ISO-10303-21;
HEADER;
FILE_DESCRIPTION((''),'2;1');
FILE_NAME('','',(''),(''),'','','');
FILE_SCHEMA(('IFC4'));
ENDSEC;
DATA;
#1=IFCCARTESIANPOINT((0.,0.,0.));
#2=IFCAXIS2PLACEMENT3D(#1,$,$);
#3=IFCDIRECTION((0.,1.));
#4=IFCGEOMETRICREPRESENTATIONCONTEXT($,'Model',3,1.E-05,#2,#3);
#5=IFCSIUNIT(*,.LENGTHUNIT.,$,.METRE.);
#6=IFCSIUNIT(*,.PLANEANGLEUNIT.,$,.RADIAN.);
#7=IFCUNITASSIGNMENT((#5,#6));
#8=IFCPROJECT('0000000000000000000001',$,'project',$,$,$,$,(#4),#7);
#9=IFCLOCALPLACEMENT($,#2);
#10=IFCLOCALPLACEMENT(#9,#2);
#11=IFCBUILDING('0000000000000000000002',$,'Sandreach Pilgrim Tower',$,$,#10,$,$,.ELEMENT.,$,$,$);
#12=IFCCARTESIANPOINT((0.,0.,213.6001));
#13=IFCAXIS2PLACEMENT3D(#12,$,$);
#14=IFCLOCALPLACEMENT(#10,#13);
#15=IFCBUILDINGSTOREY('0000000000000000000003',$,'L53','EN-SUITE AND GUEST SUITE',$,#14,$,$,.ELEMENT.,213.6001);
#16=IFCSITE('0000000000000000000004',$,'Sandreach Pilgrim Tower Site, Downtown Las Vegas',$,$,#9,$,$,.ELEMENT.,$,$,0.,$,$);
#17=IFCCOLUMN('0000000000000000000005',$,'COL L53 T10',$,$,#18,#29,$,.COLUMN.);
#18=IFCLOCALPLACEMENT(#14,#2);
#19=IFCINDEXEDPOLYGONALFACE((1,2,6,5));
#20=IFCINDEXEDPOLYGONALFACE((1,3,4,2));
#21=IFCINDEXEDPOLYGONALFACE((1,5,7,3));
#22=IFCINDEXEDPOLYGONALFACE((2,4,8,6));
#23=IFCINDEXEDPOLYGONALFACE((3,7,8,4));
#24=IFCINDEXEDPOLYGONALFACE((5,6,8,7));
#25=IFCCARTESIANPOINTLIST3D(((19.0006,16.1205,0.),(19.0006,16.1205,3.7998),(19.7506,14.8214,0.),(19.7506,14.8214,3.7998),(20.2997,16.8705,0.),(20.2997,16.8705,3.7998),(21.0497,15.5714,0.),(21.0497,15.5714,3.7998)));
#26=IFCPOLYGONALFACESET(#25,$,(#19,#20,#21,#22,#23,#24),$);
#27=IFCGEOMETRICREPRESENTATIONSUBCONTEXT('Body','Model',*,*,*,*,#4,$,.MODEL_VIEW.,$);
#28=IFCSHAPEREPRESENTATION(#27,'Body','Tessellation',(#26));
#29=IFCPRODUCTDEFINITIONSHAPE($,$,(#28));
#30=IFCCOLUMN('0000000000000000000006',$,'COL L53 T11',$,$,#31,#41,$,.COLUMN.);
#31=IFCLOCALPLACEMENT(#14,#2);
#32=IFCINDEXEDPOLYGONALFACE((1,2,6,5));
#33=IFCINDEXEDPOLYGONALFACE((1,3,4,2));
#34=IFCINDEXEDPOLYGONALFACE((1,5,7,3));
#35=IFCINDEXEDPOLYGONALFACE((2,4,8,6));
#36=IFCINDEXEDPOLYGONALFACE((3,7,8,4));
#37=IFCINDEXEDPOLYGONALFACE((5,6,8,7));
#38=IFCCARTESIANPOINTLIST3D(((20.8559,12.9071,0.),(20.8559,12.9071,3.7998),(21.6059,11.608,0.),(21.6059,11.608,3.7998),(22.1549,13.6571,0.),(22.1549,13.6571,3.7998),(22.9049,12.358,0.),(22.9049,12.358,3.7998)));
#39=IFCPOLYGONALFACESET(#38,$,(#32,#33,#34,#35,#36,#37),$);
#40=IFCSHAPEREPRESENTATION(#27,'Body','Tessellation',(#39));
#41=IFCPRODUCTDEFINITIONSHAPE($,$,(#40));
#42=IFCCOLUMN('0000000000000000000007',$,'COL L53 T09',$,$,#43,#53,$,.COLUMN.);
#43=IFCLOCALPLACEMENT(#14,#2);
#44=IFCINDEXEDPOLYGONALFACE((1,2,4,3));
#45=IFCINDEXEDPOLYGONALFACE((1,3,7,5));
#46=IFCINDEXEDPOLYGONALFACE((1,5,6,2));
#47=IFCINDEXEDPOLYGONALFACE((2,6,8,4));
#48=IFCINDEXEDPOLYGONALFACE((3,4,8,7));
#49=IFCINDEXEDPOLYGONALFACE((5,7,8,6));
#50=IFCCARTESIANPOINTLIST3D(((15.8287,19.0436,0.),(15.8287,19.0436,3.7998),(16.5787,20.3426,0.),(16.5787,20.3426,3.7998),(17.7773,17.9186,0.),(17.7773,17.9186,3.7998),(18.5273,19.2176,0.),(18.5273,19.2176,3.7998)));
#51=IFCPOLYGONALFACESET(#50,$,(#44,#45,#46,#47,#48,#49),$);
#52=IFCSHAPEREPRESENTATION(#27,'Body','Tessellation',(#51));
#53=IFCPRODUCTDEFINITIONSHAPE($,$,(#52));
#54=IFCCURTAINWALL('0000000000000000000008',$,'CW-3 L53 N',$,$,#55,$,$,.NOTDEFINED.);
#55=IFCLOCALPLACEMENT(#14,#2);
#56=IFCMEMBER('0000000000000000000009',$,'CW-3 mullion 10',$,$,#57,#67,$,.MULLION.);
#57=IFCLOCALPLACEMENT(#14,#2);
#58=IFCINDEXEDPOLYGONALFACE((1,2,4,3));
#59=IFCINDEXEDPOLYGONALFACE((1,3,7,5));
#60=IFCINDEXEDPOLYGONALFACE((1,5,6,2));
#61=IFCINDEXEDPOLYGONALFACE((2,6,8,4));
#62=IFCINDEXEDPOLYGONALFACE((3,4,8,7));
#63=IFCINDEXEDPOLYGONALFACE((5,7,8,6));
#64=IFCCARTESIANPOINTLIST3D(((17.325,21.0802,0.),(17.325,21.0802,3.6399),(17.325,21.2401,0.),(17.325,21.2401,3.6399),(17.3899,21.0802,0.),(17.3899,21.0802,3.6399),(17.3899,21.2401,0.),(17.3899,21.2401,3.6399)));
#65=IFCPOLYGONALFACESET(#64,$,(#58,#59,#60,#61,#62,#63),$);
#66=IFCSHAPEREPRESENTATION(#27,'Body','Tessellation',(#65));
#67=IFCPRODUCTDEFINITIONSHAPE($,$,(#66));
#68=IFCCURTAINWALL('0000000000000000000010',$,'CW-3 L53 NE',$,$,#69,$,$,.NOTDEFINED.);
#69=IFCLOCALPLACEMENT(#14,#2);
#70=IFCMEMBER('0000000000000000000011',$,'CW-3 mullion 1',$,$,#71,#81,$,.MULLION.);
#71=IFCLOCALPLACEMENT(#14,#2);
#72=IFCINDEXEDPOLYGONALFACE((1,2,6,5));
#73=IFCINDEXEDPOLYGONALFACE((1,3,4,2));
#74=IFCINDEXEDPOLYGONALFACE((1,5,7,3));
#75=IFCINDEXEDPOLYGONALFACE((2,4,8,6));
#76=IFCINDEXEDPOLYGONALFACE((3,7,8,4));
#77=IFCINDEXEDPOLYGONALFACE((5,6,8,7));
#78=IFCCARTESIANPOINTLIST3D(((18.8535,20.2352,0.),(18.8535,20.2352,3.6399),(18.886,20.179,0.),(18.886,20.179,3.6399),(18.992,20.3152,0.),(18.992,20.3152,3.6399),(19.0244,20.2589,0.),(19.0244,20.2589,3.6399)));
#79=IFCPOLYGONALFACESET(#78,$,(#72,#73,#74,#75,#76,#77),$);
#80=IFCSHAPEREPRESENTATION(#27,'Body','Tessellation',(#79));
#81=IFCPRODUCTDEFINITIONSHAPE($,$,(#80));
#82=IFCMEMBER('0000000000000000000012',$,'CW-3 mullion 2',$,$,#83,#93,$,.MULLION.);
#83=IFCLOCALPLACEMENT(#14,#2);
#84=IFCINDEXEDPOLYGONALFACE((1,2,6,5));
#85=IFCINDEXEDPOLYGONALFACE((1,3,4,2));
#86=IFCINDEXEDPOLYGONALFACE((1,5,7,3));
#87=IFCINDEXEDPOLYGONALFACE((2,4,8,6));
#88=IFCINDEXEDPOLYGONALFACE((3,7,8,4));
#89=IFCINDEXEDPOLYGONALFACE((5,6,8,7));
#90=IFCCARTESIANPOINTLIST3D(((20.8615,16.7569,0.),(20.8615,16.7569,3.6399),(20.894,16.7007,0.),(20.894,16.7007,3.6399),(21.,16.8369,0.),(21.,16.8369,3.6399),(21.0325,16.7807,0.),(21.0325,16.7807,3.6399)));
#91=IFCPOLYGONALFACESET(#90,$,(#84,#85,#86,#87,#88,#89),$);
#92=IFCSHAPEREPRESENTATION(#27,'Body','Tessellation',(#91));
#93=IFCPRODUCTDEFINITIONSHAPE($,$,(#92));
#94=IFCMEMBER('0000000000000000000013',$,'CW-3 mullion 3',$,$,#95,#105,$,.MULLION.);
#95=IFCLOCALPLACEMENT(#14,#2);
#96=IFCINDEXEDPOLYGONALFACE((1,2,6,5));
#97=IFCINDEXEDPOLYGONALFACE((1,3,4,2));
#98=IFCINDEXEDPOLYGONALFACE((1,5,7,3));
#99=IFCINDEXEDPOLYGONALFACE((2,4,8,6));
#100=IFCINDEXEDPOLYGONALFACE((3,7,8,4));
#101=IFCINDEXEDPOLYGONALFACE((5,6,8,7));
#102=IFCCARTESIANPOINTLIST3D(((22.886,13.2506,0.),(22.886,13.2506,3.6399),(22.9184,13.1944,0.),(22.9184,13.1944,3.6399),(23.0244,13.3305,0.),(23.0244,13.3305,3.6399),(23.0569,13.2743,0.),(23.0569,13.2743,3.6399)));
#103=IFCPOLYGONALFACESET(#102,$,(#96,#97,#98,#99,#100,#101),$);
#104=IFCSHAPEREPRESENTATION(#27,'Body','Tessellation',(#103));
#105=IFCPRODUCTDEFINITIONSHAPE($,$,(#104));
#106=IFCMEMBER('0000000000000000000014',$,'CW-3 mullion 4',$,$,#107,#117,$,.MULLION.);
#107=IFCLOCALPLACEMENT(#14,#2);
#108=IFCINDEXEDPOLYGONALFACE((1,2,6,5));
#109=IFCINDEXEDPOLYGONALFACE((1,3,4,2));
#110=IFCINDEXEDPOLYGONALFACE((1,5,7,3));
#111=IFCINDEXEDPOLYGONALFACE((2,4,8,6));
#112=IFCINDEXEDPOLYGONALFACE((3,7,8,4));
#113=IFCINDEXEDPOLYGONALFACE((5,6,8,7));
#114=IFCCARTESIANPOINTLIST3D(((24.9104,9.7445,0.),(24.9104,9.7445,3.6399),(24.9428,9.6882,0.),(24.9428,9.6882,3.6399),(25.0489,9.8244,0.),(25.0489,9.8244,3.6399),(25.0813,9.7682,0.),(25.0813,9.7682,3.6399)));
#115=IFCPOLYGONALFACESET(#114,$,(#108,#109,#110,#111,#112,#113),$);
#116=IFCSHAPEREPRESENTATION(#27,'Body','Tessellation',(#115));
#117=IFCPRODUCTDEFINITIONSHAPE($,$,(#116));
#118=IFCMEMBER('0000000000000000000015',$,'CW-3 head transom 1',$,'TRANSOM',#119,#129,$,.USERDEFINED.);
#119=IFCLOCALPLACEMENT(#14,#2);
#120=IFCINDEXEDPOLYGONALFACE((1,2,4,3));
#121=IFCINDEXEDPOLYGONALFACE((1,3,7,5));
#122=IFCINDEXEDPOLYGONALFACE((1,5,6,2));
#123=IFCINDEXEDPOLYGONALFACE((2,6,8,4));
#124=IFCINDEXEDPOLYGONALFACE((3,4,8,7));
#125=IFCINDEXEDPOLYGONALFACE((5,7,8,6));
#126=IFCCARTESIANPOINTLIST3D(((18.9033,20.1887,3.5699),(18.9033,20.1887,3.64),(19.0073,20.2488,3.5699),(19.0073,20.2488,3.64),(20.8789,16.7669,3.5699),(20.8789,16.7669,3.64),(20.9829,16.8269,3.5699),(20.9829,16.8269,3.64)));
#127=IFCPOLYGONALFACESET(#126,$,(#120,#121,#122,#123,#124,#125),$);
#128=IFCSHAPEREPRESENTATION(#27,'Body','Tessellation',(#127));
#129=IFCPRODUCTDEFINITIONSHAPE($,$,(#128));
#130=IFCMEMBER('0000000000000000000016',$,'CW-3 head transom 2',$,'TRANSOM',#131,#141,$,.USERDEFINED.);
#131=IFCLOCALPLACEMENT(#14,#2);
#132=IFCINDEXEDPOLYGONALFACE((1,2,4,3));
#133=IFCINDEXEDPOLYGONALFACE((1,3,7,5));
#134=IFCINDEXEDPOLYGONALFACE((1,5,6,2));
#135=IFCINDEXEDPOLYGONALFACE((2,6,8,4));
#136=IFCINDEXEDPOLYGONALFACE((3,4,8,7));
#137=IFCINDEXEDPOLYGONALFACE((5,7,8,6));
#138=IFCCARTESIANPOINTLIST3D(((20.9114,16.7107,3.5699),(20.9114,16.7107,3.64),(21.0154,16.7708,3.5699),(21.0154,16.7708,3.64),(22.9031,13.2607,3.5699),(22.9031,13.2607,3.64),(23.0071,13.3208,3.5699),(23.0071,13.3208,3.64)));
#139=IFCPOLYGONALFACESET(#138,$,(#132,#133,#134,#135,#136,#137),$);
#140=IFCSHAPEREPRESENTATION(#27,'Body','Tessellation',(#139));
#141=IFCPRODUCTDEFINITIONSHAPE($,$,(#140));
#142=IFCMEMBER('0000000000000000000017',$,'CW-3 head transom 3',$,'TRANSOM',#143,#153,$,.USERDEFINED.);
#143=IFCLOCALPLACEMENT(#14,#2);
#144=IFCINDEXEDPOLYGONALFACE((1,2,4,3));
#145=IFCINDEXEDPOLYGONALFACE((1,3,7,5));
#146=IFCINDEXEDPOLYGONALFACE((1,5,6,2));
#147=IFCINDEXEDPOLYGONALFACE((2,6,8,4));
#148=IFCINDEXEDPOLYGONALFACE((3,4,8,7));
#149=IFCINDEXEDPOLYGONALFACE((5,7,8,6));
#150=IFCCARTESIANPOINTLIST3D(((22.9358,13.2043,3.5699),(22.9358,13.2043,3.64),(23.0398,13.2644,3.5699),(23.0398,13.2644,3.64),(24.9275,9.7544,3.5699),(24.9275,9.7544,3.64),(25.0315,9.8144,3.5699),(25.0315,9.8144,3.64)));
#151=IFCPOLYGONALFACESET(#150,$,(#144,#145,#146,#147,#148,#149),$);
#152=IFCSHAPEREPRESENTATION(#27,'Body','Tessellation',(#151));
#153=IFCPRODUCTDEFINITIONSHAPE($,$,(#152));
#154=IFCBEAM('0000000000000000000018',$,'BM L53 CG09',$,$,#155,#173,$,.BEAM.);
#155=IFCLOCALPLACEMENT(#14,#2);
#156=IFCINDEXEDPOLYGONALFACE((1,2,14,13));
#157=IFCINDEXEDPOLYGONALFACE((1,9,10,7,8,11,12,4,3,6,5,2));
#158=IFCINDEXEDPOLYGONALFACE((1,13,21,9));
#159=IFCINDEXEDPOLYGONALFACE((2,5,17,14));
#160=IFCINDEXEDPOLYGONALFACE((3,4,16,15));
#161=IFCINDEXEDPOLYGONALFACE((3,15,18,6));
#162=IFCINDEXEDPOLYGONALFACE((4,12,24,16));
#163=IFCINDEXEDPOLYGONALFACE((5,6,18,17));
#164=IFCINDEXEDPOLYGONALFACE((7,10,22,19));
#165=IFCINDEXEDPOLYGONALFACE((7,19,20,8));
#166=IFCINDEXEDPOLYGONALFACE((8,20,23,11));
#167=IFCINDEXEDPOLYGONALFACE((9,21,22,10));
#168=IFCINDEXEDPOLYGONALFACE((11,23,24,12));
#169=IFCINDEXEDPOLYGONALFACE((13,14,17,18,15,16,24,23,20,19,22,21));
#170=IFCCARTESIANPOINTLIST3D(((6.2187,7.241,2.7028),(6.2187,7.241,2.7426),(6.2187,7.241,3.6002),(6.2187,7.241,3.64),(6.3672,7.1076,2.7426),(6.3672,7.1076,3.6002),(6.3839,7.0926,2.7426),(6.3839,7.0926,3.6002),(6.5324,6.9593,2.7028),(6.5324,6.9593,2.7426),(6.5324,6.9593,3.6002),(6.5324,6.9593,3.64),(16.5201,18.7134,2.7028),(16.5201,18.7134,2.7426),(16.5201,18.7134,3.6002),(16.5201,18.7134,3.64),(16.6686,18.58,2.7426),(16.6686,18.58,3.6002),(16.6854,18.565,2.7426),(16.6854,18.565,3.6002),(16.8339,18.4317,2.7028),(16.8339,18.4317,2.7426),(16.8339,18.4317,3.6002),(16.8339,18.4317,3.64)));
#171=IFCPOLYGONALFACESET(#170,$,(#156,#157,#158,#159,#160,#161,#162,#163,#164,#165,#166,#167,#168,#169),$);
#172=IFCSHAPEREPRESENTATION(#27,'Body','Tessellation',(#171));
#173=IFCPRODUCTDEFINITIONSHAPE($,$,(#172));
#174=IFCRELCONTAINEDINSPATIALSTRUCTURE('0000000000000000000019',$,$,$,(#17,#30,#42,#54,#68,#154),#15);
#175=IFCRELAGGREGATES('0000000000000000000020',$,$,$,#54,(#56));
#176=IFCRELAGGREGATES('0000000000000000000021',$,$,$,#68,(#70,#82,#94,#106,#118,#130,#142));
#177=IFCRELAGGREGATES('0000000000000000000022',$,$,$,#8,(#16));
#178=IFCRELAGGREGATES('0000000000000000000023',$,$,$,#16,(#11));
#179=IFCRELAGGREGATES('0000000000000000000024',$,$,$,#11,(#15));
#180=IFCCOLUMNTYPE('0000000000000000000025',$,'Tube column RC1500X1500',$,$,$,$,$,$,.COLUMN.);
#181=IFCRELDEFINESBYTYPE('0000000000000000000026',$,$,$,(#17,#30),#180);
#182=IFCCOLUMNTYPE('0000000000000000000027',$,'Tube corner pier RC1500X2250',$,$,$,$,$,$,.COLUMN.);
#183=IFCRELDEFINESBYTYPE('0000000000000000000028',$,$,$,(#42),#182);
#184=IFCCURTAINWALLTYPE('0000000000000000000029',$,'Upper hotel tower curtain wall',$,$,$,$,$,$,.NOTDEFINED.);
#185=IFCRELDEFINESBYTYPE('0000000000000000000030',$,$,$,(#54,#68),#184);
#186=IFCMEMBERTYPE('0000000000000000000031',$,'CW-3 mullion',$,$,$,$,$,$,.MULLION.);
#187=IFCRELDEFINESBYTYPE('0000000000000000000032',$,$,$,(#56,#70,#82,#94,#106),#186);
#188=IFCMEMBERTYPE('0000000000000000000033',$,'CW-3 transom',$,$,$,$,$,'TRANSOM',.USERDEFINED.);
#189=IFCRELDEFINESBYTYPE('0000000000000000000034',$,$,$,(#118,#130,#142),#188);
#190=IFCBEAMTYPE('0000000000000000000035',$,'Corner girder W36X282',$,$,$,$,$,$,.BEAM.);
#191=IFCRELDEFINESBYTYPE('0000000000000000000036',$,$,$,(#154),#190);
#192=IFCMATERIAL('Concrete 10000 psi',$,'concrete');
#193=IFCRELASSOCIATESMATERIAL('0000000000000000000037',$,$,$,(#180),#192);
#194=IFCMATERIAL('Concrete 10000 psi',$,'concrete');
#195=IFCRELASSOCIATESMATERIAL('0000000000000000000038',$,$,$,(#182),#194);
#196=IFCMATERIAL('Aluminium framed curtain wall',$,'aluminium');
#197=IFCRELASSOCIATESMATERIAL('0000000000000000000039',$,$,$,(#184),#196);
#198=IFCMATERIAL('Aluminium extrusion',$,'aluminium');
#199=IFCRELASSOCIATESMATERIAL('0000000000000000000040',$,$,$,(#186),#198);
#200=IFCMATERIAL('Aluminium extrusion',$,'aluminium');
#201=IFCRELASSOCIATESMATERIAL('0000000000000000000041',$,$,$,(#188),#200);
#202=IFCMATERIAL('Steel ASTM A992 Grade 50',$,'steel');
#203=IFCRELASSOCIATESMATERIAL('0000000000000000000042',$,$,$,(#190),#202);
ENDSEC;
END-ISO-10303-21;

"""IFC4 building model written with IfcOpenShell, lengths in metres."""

from ifc_helpers import new_model, si_unit, direction, frame, origin, origin_2d, place, context, subcontext, project, spatial, rectangle, i_section, extrude, material, material_profile, profile_set, type_object, element, aggregate, save


model = new_model("IFC4")

# Units and contexts
model_context = context("Model", 3, precision=1e-05, world=origin(), true_north=direction((0.0, 1.0)))
body_context = subcontext(model_context, "Body", "Model", "MODEL_VIEW")
ifc_project = project(units=[si_unit("LENGTHUNIT", "METRE"), si_unit("PLANEANGLEUNIT", "RADIAN")], contexts=[model_context])

# Site, building, storey
site_placement = place(None, origin())
site = spatial("IfcSite", under=ifc_project, at=site_placement, Name="Sandreach Pilgrim Tower Site, Downtown Las Vegas", CompositionType="ELEMENT", RefElevation=0.0)
building_placement = place(site_placement, origin())
building = spatial("IfcBuilding", under=site, at=building_placement, Name="Sandreach Pilgrim Tower", CompositionType="ELEMENT")
storey_placement = place(building_placement, frame((0.0, 0.0, 213.6001)))
storey = spatial("IfcBuildingStorey", under=building, at=storey_placement, Name="L53", Description="EN-SUITE AND GUEST SUITE", CompositionType="ELEMENT", Elevation=213.6001)

# Columns
ifc_material_1 = material(Name="Concrete 10000 psi", Category="concrete")
ifc_material_profile_1 = material_profile(ifc_material_1, rectangle(XDim=1.5, YDim=1.5, at=origin_2d()), Name="RC1500X1500")
ifc_profile_set_1 = profile_set([ifc_material_profile_1], Name="Concrete 10000 psi")
column_type_1 = type_object("IfcColumnType", Name="Tube column RC1500X1500", PredefinedType="COLUMN", material=ifc_profile_set_1)
for number, where, z_axis, x_axis, name in (
    (1, (20.0251, 15.8459, 0.0), (0.0, 0.0, 1.0), (0.866025, 0.5, 0.0), "COL L53 T10"),
    (2, (21.8804, 12.6326, 0.0), (0.0, 0.0, 1.0), (0.866025, 0.5, 0.0), "COL L53 T11"),
):
    element("IfcColumn", number, at=place(storey_placement, frame(where, z_axis=z_axis, x_axis=x_axis)), inside=storey, type_object=column_type_1, Name=name, PredefinedType="COLUMN", context=body_context, shape_type="SweptSolid", body=[
        extrude(rectangle(XDim=1.5, YDim=1.5, at=origin_2d()), origin(), (0.0, 0.0, 1.0), 3.7998),
    ])
ifc_material_2 = material(Name="Concrete 10000 psi", Category="concrete")
ifc_material_profile_2 = material_profile(ifc_material_2, rectangle(XDim=1.5, YDim=2.25, at=origin_2d()), Name="RC1500X2250")
ifc_profile_set_2 = profile_set([ifc_material_profile_2], Name="Concrete 10000 psi")
column_type_2 = type_object("IfcColumnType", Name="Tube corner pier RC1500X2250", PredefinedType="COLUMN", material=ifc_profile_set_2)
column_placement = place(storey_placement, frame((17.178, 19.1306, 0.0), z_axis=(0.0, 0.0, 1.0), x_axis=(0.5, 0.866025, 0.0)))
element("IfcColumn", 3, at=column_placement, inside=storey, type_object=column_type_2, Name="COL L53 T09", PredefinedType="COLUMN", context=body_context, shape_type="SweptSolid", body=[
    extrude(rectangle(XDim=1.5, YDim=2.25, at=origin_2d()), origin(), (0.0, 0.0, 1.0), 3.7998),
])

# Curtain wall, member
ifc_material_3 = material(Name="Aluminium framed curtain wall", Category="aluminium")
curtain_wall_type = type_object("IfcCurtainWallType", Name="Upper hotel tower curtain wall", PredefinedType="NOTDEFINED", material=ifc_material_3)
curtain_wall_1_placement = place(storey_placement, origin())
curtain_wall_1 = element("IfcCurtainWall", 4, at=curtain_wall_1_placement, inside=storey, type_object=curtain_wall_type, Name="CW-3 L53 N", PredefinedType="NOTDEFINED")
ifc_material_4 = material(Name="Aluminium extrusion", Category="aluminium")
ifc_material_profile_3 = material_profile(ifc_material_4, rectangle(XDim=0.0649, YDim=0.1599, at=origin_2d()), Name="CW-3M 65X160")
ifc_profile_set_3 = profile_set([ifc_material_profile_3], Name="Aluminium extrusion")
member_type_1 = type_object("IfcMemberType", Name="CW-3 mullion", PredefinedType="MULLION", material=ifc_profile_set_3)
member_1_placement = place(storey_placement, frame((17.3574, 21.1602, 0.0), z_axis=(0.0, 0.0, 1.0), x_axis=(1.0, 0.0, 0.0)))
member_1 = element("IfcMember", 5, at=member_1_placement, type_object=member_type_1, Name="CW-3 mullion 10", PredefinedType="MULLION", context=body_context, shape_type="SweptSolid", body=[
    extrude(rectangle(XDim=0.0649, YDim=0.1599, at=origin_2d()), origin(), (0.0, 0.0, 1.0), 3.6399),
])
aggregate(curtain_wall_1, [member_1])

# Curtain wall, members
curtain_wall_2_placement = place(storey_placement, origin())
curtain_wall_2 = element("IfcCurtainWall", 6, at=curtain_wall_2_placement, inside=storey, type_object=curtain_wall_type, Name="CW-3 L53 NE", PredefinedType="NOTDEFINED")
member_2_placement = place(storey_placement, frame((18.939, 20.2471, 0.0), z_axis=(0.0, 0.0, 1.0), x_axis=(0.5, -0.866025, 0.0)))
member_2 = element("IfcMember", 7, at=member_2_placement, type_object=member_type_1, Name="CW-3 mullion 1", PredefinedType="MULLION", context=body_context, shape_type="SweptSolid", body=[
    extrude(rectangle(XDim=0.0649, YDim=0.1599, at=origin_2d()), origin(), (0.0, 0.0, 1.0), 3.6399),
])
member_3_placement = place(storey_placement, frame((20.947, 16.7688, 0.0), z_axis=(0.0, 0.0, 1.0), x_axis=(0.5, -0.866025, 0.0)))
member_3 = element("IfcMember", 8, at=member_3_placement, type_object=member_type_1, Name="CW-3 mullion 2", PredefinedType="MULLION", context=body_context, shape_type="SweptSolid", body=[
    extrude(rectangle(XDim=0.0649, YDim=0.1599, at=origin_2d()), origin(), (0.0, 0.0, 1.0), 3.6399),
])
member_4_placement = place(storey_placement, frame((22.9714, 13.2625, 0.0), z_axis=(0.0, 0.0, 1.0), x_axis=(0.5, -0.866025, 0.0)))
member_4 = element("IfcMember", 9, at=member_4_placement, type_object=member_type_1, Name="CW-3 mullion 3", PredefinedType="MULLION", context=body_context, shape_type="SweptSolid", body=[
    extrude(rectangle(XDim=0.0649, YDim=0.1599, at=origin_2d()), origin(), (0.0, 0.0, 1.0), 3.6399),
])
member_5_placement = place(storey_placement, frame((24.9958, 9.7563, 0.0), z_axis=(0.0, 0.0, 1.0), x_axis=(0.5, -0.866025, 0.0)))
member_5 = element("IfcMember", 10, at=member_5_placement, type_object=member_type_1, Name="CW-3 mullion 4", PredefinedType="MULLION", context=body_context, shape_type="SweptSolid", body=[
    extrude(rectangle(XDim=0.0649, YDim=0.1599, at=origin_2d()), origin(), (0.0, 0.0, 1.0), 3.6399),
])
ifc_material_5 = material(Name="Aluminium extrusion", Category="aluminium")
ifc_material_profile_4 = material_profile(ifc_material_5, rectangle(XDim=0.1201, YDim=0.0701, at=origin_2d()), Name="CW-3T 120X70")
ifc_profile_set_4 = profile_set([ifc_material_profile_4], Name="Aluminium extrusion")
member_type_2 = type_object("IfcMemberType", Name="CW-3 transom", ElementType="TRANSOM", PredefinedType="USERDEFINED", material=ifc_profile_set_4)
member_6_placement = place(storey_placement, frame((18.9553, 20.2188, 3.605), z_axis=(0.499993, -0.866029, 0.0), x_axis=(0.866029, 0.499993, 0.0)))
member_6 = element("IfcMember", 11, at=member_6_placement, type_object=member_type_2, Name="CW-3 head transom 1", ObjectType="TRANSOM", PredefinedType="USERDEFINED", context=body_context, shape_type="SweptSolid", body=[
    extrude(rectangle(XDim=0.1201, YDim=0.0701, at=origin_2d()), origin(), (0.0, 0.0, 1.0), 3.9512),
])
member_7_placement = place(storey_placement, frame((20.9634, 16.7407, 3.605), z_axis=(0.499975, -0.86604, 0.0), x_axis=(0.86604, 0.499975, 0.0)))
member_7 = element("IfcMember", 12, at=member_7_placement, type_object=member_type_2, Name="CW-3 head transom 2", ObjectType="TRANSOM", PredefinedType="USERDEFINED", context=body_context, shape_type="SweptSolid", body=[
    extrude(rectangle(XDim=0.1201, YDim=0.0701, at=origin_2d()), origin(), (0.0, 0.0, 1.0), 3.9836),
])
member_8_placement = place(storey_placement, frame((22.9878, 13.2344, 3.605), z_axis=(0.499975, -0.86604, 0.0), x_axis=(0.86604, 0.499975, 0.0)))
member_8 = element("IfcMember", 13, at=member_8_placement, type_object=member_type_2, Name="CW-3 head transom 3", ObjectType="TRANSOM", PredefinedType="USERDEFINED", context=body_context, shape_type="SweptSolid", body=[
    extrude(rectangle(XDim=0.1201, YDim=0.0701, at=origin_2d()), origin(), (0.0, 0.0, 1.0), 3.9836),
])

# Beam
ifc_material_6 = material(Name="Steel ASTM A992 Grade 50", Category="steel")
ifc_material_profile_5 = material_profile(ifc_material_6, i_section(OverallWidth=0.4216, OverallDepth=0.9373, WebThickness=0.0225, FlangeThickness=0.0398, at=origin_2d()), Name="W36X282")
ifc_profile_set_5 = profile_set([ifc_material_profile_5], Name="Steel ASTM A992 Grade 50")
beam_type_1 = type_object("IfcBeamType", Name="Corner girder W36X282", PredefinedType="BEAM", material=ifc_profile_set_5)
beam_1_placement = place(storey_placement, frame((16.677, 18.5725, 3.1714), z_axis=(-0.668117, -0.744057, 0.0), x_axis=(0.744057, -0.668117, 0.0)))
element("IfcBeam", 14, at=beam_1_placement, inside=storey, type_object=beam_type_1, Name="BM L53 CG09", PredefinedType="BEAM", context=body_context, shape_type="SweptSolid", body=[
    extrude(i_section(OverallWidth=0.4216, OverallDepth=0.9373, WebThickness=0.0225, FlangeThickness=0.0398, at=origin_2d()), origin(), (0.0, 0.0, 1.0), 15.4187),
])

aggregate(curtain_wall_2, [member_2, member_3, member_4, member_5, member_6, member_7, member_8])

save(model, "model.ifc")
